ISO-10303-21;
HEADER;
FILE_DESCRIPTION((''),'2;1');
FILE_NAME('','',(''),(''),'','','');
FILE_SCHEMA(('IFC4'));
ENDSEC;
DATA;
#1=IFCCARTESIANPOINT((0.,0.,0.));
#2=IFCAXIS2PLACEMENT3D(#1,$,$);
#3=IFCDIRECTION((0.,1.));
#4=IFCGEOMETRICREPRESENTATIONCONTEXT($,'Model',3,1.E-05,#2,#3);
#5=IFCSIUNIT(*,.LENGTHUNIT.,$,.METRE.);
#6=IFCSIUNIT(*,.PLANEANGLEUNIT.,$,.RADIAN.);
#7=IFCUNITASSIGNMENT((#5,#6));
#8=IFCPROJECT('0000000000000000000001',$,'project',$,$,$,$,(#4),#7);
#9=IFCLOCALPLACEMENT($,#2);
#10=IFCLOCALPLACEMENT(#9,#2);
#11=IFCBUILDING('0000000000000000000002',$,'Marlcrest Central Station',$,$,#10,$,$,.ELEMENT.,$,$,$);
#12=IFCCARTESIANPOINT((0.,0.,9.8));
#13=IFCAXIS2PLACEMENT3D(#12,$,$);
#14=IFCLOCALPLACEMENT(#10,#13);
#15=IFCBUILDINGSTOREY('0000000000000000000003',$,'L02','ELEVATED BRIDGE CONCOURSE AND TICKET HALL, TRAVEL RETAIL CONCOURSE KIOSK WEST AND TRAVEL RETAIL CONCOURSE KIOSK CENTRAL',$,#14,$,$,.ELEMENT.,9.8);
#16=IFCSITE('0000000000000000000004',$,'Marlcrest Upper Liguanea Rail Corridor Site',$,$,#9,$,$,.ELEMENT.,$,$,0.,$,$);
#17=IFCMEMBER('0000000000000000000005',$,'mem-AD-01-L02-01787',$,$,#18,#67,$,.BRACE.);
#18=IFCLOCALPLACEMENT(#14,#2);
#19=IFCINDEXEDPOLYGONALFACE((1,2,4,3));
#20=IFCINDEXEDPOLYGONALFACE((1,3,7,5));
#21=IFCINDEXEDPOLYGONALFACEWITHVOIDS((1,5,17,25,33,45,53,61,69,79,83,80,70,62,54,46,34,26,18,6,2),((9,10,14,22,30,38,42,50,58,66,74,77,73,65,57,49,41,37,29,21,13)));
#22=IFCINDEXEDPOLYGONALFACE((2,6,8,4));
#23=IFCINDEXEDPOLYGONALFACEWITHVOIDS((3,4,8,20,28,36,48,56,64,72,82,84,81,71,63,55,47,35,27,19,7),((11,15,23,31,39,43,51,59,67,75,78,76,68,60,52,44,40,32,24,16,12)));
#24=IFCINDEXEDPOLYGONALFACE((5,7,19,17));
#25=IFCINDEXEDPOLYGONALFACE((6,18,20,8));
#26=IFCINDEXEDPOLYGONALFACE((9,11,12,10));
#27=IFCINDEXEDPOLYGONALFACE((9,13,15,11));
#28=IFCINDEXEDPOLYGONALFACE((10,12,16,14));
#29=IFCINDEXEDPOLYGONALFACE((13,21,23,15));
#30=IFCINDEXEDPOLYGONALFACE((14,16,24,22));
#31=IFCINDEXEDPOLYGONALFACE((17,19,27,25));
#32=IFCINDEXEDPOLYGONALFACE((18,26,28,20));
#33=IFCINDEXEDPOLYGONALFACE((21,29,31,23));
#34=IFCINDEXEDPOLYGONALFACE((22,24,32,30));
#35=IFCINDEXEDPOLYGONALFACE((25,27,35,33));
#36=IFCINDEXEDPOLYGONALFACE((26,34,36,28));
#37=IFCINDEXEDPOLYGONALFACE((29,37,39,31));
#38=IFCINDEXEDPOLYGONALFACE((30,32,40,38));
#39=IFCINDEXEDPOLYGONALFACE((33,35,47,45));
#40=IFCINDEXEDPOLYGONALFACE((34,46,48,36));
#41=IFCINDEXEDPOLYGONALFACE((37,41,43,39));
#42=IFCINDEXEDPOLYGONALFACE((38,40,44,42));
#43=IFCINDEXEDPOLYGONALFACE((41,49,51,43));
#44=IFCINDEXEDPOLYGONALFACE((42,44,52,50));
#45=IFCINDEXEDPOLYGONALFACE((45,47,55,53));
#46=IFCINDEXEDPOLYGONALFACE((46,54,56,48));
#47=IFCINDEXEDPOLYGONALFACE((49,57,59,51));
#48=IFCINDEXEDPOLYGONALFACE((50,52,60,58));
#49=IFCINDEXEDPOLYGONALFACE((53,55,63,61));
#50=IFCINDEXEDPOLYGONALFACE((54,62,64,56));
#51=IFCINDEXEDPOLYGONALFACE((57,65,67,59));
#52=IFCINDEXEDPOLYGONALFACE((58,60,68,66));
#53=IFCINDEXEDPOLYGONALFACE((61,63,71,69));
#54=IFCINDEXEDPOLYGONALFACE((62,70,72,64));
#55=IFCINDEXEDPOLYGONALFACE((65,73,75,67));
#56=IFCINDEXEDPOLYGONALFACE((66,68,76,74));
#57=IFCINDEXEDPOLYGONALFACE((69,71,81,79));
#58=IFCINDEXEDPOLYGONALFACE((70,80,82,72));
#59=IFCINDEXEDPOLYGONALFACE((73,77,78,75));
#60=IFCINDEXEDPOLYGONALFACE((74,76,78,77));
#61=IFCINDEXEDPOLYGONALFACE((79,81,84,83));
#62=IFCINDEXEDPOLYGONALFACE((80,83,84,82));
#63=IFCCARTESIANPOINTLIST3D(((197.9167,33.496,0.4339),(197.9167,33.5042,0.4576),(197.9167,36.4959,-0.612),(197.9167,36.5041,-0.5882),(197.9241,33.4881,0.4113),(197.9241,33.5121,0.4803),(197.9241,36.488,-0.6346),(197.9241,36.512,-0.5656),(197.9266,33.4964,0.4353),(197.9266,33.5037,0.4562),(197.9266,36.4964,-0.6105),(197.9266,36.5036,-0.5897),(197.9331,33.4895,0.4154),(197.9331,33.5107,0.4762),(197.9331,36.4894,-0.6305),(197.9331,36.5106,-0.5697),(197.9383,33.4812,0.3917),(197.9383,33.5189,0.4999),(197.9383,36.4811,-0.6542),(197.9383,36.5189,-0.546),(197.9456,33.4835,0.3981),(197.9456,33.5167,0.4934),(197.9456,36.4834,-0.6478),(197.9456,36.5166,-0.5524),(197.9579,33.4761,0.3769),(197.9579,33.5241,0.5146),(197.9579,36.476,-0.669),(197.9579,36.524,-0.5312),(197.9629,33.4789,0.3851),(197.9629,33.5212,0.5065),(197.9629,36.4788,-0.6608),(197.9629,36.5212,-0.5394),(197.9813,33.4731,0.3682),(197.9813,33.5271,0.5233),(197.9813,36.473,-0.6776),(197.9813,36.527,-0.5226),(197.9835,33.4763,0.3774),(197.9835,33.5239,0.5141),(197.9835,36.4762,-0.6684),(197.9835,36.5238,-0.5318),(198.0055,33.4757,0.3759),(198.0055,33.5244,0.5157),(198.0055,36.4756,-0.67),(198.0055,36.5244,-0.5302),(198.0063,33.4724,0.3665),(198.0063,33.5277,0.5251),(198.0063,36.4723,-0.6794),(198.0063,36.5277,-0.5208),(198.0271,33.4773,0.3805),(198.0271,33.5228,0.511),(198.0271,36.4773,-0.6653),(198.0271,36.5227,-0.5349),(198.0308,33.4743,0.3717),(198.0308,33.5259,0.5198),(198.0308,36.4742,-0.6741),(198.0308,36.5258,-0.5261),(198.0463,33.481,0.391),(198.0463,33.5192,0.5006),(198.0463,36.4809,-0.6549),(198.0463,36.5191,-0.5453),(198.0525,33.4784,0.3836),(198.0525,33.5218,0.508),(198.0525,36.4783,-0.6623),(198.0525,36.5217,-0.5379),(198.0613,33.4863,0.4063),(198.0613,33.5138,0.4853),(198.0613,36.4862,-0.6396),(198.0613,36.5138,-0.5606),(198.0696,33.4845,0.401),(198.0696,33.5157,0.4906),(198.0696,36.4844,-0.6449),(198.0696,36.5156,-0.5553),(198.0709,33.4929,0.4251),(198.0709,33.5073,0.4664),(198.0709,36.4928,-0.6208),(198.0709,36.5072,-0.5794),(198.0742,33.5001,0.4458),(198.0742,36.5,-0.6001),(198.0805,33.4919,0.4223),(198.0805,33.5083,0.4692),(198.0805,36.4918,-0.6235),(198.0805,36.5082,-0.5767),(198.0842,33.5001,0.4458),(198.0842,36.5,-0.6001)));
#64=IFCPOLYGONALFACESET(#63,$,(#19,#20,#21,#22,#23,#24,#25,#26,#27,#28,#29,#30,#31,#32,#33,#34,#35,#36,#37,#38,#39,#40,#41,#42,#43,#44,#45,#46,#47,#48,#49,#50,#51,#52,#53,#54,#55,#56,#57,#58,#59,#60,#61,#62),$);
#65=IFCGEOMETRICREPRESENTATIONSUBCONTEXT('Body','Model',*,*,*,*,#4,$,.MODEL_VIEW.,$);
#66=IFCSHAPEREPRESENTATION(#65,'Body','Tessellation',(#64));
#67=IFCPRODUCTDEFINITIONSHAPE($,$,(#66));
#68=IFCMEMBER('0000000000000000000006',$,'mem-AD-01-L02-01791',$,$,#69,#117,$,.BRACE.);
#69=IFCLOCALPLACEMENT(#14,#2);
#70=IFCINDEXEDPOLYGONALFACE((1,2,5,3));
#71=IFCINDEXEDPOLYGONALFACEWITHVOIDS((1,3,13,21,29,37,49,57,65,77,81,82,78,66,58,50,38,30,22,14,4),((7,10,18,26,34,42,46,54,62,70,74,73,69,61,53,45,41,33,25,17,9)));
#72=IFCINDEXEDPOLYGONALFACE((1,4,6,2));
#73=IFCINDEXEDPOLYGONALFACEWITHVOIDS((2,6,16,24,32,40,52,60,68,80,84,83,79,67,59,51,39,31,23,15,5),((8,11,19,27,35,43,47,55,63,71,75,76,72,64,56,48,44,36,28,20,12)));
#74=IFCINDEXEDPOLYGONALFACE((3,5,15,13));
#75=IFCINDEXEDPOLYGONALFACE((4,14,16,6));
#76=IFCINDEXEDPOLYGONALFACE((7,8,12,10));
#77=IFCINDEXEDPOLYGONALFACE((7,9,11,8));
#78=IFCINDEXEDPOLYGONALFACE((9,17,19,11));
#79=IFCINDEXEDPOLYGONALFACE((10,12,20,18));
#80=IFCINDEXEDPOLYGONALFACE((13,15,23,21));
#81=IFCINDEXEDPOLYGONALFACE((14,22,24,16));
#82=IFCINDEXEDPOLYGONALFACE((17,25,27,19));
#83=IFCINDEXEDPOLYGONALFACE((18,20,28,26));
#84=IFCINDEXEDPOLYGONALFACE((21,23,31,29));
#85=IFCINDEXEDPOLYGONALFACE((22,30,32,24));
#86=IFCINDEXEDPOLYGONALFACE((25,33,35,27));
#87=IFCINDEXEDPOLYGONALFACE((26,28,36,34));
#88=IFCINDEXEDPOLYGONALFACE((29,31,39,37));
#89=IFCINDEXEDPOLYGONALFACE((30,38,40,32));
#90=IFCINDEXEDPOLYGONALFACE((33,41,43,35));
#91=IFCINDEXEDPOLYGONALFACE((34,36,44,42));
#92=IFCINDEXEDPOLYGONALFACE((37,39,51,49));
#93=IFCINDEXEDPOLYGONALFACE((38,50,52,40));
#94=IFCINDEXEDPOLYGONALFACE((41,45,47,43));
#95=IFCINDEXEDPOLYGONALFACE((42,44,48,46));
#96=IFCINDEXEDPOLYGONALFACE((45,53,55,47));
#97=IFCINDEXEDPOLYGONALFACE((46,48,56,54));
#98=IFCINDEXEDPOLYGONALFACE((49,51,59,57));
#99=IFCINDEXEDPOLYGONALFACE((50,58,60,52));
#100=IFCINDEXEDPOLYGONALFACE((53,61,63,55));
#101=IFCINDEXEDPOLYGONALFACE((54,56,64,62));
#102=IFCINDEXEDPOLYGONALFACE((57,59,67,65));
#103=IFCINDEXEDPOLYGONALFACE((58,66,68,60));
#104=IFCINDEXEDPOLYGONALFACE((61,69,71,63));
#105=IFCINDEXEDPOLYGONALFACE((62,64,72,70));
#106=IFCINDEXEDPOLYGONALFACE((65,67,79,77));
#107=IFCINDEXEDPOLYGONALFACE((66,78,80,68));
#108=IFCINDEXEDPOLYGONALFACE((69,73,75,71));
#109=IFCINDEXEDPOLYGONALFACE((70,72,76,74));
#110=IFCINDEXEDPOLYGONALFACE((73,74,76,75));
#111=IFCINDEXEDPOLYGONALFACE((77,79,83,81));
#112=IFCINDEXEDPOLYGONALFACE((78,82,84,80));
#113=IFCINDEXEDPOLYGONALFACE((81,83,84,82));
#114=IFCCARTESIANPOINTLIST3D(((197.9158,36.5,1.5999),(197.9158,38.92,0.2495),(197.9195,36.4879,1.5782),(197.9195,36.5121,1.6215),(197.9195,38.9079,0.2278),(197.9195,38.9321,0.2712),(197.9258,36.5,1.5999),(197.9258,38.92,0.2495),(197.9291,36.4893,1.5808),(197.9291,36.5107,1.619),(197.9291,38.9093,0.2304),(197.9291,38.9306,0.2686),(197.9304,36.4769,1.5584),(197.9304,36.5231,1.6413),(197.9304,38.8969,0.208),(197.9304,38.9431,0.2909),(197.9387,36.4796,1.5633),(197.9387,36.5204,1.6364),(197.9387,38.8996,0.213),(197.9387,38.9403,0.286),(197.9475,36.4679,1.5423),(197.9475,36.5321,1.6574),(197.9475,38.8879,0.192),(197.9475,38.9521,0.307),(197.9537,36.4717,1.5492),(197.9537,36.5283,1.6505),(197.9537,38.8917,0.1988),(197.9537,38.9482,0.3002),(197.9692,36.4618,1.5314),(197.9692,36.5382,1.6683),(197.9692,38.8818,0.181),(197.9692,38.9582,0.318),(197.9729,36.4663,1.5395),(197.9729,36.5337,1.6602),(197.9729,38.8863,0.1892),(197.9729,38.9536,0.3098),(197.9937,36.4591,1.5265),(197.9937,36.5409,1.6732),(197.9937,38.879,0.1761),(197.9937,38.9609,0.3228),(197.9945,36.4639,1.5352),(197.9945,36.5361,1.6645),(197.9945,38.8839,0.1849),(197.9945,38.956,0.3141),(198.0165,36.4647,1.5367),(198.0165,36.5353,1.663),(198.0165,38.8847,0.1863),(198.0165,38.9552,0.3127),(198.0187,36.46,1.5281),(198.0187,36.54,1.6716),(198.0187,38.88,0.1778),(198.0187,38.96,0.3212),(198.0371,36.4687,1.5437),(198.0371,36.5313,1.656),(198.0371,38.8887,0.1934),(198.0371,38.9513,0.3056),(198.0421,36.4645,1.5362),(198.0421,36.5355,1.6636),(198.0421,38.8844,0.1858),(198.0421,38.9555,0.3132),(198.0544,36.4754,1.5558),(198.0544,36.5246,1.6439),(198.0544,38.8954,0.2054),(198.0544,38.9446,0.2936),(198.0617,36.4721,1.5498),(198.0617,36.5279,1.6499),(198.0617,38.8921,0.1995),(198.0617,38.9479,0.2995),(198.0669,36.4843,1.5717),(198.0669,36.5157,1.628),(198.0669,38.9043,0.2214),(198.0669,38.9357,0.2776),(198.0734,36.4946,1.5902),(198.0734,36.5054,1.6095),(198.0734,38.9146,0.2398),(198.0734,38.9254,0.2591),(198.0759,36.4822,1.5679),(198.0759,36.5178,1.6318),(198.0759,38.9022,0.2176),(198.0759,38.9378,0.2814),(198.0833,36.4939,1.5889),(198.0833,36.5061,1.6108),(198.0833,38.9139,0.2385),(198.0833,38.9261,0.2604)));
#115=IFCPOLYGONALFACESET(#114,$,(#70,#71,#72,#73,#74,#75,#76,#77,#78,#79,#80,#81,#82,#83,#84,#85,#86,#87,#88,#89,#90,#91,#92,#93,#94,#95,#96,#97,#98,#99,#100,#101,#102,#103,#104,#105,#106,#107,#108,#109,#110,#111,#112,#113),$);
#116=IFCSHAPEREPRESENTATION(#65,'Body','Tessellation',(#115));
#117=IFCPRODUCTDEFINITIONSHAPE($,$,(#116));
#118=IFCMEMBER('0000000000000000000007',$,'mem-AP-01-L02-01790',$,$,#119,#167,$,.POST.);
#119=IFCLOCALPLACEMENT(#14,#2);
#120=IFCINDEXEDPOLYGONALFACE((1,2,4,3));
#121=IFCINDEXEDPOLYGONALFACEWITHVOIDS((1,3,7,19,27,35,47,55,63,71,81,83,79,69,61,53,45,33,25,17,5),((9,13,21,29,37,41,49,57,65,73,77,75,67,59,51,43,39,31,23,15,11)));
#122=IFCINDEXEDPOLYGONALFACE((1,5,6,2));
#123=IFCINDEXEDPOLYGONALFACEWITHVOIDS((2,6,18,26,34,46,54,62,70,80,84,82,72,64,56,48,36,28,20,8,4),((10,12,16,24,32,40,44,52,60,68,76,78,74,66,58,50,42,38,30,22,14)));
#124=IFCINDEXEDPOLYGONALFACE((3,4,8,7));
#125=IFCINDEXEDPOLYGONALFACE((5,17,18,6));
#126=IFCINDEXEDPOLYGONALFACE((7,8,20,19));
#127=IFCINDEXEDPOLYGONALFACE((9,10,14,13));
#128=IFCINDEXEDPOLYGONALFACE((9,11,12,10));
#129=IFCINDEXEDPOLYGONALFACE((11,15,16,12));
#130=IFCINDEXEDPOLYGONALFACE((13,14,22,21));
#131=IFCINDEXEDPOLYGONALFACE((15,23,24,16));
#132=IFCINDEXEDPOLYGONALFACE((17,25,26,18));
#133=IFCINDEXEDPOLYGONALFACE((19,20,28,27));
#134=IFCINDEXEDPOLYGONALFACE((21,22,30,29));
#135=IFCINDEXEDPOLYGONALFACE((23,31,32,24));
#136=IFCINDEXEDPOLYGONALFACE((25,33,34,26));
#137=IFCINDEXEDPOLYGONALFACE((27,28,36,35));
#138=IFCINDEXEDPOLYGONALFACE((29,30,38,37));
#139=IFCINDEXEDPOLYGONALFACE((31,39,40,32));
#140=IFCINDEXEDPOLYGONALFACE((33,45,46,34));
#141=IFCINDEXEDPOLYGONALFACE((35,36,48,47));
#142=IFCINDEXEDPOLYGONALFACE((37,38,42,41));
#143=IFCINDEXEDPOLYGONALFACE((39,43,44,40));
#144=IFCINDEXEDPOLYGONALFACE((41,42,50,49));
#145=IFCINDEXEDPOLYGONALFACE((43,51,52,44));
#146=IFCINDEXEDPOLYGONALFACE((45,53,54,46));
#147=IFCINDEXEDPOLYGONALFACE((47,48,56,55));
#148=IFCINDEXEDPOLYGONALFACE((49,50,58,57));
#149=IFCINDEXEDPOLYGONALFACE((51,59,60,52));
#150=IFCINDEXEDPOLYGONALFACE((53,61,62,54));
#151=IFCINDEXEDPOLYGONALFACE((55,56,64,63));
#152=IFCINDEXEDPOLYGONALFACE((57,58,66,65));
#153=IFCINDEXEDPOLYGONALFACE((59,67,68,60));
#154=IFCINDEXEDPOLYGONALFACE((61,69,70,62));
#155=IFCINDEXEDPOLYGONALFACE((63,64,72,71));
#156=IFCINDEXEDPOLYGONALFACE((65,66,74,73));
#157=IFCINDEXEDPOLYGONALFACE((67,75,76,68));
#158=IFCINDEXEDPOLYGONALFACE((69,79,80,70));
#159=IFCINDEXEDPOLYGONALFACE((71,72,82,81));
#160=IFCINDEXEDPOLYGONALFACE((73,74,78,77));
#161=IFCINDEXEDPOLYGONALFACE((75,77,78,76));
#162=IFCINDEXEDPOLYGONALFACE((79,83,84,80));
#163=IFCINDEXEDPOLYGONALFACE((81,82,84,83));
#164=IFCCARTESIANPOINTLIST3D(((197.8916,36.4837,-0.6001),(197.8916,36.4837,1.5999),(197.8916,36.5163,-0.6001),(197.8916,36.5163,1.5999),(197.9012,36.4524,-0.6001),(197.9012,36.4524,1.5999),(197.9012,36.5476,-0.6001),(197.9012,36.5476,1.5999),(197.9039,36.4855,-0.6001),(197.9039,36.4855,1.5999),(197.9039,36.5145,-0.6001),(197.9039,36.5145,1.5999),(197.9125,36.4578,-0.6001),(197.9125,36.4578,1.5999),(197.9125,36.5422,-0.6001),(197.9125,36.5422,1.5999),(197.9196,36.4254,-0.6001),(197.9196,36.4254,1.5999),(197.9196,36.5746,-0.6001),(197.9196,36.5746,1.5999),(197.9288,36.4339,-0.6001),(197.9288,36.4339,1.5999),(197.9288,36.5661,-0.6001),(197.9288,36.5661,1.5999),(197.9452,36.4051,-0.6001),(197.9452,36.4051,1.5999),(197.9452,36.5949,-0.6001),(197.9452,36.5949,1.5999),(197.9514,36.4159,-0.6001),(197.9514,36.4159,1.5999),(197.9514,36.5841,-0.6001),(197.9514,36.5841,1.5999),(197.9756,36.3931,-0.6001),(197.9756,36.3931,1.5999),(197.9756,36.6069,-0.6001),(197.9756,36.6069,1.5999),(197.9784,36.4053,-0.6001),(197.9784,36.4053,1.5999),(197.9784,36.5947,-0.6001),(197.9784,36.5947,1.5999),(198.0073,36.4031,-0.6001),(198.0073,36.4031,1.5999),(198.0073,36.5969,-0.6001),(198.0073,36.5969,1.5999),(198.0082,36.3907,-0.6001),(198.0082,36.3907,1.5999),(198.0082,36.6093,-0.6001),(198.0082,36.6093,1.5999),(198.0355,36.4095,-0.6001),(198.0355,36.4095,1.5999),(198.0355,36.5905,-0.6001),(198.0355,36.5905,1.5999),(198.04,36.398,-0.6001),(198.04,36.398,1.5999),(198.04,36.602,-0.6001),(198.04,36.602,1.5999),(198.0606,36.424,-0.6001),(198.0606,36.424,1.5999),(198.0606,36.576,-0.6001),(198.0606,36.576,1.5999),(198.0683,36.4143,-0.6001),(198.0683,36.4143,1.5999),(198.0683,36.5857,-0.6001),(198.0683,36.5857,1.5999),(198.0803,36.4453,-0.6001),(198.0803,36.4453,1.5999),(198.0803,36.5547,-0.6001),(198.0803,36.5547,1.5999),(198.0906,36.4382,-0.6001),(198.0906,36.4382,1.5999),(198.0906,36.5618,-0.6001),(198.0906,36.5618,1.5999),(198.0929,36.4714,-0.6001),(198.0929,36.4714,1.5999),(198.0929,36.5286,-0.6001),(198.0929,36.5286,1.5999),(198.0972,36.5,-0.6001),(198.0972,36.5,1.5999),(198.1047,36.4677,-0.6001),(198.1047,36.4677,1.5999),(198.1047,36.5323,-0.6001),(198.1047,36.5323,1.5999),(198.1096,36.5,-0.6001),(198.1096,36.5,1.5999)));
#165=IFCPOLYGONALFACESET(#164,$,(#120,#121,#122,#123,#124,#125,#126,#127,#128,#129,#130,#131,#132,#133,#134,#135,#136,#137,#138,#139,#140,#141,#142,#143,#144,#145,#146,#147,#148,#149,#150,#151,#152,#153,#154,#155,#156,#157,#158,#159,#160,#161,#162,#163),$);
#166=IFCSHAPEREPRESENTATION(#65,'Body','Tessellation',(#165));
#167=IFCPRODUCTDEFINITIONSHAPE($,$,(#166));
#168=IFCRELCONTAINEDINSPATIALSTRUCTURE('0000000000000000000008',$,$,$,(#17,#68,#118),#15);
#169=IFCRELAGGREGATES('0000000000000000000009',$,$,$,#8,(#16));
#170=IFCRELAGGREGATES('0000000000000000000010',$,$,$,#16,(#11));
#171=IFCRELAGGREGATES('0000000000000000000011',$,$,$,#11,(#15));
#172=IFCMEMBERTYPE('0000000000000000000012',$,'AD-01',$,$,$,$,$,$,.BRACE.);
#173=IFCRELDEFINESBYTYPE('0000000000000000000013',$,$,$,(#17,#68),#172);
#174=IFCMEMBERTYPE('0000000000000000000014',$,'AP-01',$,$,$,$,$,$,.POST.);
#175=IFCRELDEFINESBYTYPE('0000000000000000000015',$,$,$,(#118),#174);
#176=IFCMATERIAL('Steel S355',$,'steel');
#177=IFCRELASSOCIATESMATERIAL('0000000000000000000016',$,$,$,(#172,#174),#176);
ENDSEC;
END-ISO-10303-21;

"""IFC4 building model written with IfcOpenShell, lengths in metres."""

from ifc_helpers import new_model, si_unit, direction, frame, origin, origin_2d, place, context, subcontext, project, spatial, hollow_circle, extrude, material, material_profile, profile_set, type_object, element, save


model = new_model("IFC4")

# Units and contexts
model_context = context("Model", 3, precision=1e-05, world=origin(), true_north=direction((0.0, 1.0)))
body_context = subcontext(model_context, "Body", "Model", "MODEL_VIEW")
ifc_project = project(units=[si_unit("LENGTHUNIT", "METRE"), si_unit("PLANEANGLEUNIT", "RADIAN")], contexts=[model_context])

# Site, building, storey
site_placement = place(None, origin())
site = spatial("IfcSite", under=ifc_project, at=site_placement, Name="Marlcrest Upper Liguanea Rail Corridor Site", CompositionType="ELEMENT", RefElevation=0.0)
building_placement = place(site_placement, origin())
building = spatial("IfcBuilding", under=site, at=building_placement, Name="Marlcrest Central Station", CompositionType="ELEMENT")
storey_placement = place(building_placement, frame((0.0, 0.0, 9.8)))
storey = spatial("IfcBuildingStorey", under=building, at=storey_placement, Name="L02", Description="ELEVATED BRIDGE CONCOURSE AND TICKET HALL, TRAVEL RETAIL CONCOURSE KIOSK WEST AND TRAVEL RETAIL CONCOURSE KIOSK CENTRAL", CompositionType="ELEMENT", Elevation=9.8)

# Members
ifc_material_1 = material(Name="Steel S355", Category="steel")
ifc_material_profile_1 = material_profile(ifc_material_1, hollow_circle(Radius=0.0842, WallThickness=0.01, at=origin_2d()), Name="CHS 168.3x10")
ifc_profile_set_1 = profile_set([ifc_material_profile_1], Name="Steel S355")
member_type_1 = type_object("IfcMemberType", Name="AD-01", PredefinedType="BRACE", material=ifc_profile_set_1)
member_1_placement = place(storey_placement, frame((198.0, 36.5, -0.6001), z_axis=(0.0, -0.94426, 0.3292), x_axis=(1.0, 0.0, 0.0)))
element("IfcMember", 1, at=member_1_placement, inside=storey, type_object=member_type_1, Name="mem-AD-01-L02-01787", PredefinedType="BRACE", context=body_context, shape_type="SweptSolid", body=[
    extrude(hollow_circle(Radius=0.0842, WallThickness=0.01, at=origin_2d()), origin(), (0.0, 0.0, 1.0), 3.177),
])
member_2_placement = place(storey_placement, frame((198.0, 36.5, 1.5999), z_axis=(0.0, 0.873246, -0.48728), x_axis=(-1.0, 0.0, 0.0)))
element("IfcMember", 2, at=member_2_placement, inside=storey, type_object=member_type_1, Name="mem-AD-01-L02-01791", PredefinedType="BRACE", context=body_context, shape_type="SweptSolid", body=[
    extrude(hollow_circle(Radius=0.0842, WallThickness=0.01, at=origin_2d()), origin(), (0.0, 0.0, 1.0), 2.7712),
])
ifc_material_profile_2 = material_profile(ifc_material_1, hollow_circle(Radius=0.1096, WallThickness=0.0125, at=origin_2d()), Name="CHS 219.1x12.5")
ifc_profile_set_2 = profile_set([ifc_material_profile_2], Name="Steel S355")
member_type_2 = type_object("IfcMemberType", Name="AP-01", PredefinedType="POST", material=ifc_profile_set_2)
member_3_placement = place(storey_placement, frame((198.0, 36.5, -0.6001), z_axis=(0.0, 0.0, 1.0), x_axis=(1.0, 0.0, 0.0)))
element("IfcMember", 3, at=member_3_placement, inside=storey, type_object=member_type_2, Name="mem-AP-01-L02-01790", PredefinedType="POST", context=body_context, shape_type="SweptSolid", body=[
    extrude(hollow_circle(Radius=0.1096, WallThickness=0.0125, at=origin_2d()), origin(), (0.0, 0.0, 1.0), 2.2),
])

save(model, "model.ifc")
